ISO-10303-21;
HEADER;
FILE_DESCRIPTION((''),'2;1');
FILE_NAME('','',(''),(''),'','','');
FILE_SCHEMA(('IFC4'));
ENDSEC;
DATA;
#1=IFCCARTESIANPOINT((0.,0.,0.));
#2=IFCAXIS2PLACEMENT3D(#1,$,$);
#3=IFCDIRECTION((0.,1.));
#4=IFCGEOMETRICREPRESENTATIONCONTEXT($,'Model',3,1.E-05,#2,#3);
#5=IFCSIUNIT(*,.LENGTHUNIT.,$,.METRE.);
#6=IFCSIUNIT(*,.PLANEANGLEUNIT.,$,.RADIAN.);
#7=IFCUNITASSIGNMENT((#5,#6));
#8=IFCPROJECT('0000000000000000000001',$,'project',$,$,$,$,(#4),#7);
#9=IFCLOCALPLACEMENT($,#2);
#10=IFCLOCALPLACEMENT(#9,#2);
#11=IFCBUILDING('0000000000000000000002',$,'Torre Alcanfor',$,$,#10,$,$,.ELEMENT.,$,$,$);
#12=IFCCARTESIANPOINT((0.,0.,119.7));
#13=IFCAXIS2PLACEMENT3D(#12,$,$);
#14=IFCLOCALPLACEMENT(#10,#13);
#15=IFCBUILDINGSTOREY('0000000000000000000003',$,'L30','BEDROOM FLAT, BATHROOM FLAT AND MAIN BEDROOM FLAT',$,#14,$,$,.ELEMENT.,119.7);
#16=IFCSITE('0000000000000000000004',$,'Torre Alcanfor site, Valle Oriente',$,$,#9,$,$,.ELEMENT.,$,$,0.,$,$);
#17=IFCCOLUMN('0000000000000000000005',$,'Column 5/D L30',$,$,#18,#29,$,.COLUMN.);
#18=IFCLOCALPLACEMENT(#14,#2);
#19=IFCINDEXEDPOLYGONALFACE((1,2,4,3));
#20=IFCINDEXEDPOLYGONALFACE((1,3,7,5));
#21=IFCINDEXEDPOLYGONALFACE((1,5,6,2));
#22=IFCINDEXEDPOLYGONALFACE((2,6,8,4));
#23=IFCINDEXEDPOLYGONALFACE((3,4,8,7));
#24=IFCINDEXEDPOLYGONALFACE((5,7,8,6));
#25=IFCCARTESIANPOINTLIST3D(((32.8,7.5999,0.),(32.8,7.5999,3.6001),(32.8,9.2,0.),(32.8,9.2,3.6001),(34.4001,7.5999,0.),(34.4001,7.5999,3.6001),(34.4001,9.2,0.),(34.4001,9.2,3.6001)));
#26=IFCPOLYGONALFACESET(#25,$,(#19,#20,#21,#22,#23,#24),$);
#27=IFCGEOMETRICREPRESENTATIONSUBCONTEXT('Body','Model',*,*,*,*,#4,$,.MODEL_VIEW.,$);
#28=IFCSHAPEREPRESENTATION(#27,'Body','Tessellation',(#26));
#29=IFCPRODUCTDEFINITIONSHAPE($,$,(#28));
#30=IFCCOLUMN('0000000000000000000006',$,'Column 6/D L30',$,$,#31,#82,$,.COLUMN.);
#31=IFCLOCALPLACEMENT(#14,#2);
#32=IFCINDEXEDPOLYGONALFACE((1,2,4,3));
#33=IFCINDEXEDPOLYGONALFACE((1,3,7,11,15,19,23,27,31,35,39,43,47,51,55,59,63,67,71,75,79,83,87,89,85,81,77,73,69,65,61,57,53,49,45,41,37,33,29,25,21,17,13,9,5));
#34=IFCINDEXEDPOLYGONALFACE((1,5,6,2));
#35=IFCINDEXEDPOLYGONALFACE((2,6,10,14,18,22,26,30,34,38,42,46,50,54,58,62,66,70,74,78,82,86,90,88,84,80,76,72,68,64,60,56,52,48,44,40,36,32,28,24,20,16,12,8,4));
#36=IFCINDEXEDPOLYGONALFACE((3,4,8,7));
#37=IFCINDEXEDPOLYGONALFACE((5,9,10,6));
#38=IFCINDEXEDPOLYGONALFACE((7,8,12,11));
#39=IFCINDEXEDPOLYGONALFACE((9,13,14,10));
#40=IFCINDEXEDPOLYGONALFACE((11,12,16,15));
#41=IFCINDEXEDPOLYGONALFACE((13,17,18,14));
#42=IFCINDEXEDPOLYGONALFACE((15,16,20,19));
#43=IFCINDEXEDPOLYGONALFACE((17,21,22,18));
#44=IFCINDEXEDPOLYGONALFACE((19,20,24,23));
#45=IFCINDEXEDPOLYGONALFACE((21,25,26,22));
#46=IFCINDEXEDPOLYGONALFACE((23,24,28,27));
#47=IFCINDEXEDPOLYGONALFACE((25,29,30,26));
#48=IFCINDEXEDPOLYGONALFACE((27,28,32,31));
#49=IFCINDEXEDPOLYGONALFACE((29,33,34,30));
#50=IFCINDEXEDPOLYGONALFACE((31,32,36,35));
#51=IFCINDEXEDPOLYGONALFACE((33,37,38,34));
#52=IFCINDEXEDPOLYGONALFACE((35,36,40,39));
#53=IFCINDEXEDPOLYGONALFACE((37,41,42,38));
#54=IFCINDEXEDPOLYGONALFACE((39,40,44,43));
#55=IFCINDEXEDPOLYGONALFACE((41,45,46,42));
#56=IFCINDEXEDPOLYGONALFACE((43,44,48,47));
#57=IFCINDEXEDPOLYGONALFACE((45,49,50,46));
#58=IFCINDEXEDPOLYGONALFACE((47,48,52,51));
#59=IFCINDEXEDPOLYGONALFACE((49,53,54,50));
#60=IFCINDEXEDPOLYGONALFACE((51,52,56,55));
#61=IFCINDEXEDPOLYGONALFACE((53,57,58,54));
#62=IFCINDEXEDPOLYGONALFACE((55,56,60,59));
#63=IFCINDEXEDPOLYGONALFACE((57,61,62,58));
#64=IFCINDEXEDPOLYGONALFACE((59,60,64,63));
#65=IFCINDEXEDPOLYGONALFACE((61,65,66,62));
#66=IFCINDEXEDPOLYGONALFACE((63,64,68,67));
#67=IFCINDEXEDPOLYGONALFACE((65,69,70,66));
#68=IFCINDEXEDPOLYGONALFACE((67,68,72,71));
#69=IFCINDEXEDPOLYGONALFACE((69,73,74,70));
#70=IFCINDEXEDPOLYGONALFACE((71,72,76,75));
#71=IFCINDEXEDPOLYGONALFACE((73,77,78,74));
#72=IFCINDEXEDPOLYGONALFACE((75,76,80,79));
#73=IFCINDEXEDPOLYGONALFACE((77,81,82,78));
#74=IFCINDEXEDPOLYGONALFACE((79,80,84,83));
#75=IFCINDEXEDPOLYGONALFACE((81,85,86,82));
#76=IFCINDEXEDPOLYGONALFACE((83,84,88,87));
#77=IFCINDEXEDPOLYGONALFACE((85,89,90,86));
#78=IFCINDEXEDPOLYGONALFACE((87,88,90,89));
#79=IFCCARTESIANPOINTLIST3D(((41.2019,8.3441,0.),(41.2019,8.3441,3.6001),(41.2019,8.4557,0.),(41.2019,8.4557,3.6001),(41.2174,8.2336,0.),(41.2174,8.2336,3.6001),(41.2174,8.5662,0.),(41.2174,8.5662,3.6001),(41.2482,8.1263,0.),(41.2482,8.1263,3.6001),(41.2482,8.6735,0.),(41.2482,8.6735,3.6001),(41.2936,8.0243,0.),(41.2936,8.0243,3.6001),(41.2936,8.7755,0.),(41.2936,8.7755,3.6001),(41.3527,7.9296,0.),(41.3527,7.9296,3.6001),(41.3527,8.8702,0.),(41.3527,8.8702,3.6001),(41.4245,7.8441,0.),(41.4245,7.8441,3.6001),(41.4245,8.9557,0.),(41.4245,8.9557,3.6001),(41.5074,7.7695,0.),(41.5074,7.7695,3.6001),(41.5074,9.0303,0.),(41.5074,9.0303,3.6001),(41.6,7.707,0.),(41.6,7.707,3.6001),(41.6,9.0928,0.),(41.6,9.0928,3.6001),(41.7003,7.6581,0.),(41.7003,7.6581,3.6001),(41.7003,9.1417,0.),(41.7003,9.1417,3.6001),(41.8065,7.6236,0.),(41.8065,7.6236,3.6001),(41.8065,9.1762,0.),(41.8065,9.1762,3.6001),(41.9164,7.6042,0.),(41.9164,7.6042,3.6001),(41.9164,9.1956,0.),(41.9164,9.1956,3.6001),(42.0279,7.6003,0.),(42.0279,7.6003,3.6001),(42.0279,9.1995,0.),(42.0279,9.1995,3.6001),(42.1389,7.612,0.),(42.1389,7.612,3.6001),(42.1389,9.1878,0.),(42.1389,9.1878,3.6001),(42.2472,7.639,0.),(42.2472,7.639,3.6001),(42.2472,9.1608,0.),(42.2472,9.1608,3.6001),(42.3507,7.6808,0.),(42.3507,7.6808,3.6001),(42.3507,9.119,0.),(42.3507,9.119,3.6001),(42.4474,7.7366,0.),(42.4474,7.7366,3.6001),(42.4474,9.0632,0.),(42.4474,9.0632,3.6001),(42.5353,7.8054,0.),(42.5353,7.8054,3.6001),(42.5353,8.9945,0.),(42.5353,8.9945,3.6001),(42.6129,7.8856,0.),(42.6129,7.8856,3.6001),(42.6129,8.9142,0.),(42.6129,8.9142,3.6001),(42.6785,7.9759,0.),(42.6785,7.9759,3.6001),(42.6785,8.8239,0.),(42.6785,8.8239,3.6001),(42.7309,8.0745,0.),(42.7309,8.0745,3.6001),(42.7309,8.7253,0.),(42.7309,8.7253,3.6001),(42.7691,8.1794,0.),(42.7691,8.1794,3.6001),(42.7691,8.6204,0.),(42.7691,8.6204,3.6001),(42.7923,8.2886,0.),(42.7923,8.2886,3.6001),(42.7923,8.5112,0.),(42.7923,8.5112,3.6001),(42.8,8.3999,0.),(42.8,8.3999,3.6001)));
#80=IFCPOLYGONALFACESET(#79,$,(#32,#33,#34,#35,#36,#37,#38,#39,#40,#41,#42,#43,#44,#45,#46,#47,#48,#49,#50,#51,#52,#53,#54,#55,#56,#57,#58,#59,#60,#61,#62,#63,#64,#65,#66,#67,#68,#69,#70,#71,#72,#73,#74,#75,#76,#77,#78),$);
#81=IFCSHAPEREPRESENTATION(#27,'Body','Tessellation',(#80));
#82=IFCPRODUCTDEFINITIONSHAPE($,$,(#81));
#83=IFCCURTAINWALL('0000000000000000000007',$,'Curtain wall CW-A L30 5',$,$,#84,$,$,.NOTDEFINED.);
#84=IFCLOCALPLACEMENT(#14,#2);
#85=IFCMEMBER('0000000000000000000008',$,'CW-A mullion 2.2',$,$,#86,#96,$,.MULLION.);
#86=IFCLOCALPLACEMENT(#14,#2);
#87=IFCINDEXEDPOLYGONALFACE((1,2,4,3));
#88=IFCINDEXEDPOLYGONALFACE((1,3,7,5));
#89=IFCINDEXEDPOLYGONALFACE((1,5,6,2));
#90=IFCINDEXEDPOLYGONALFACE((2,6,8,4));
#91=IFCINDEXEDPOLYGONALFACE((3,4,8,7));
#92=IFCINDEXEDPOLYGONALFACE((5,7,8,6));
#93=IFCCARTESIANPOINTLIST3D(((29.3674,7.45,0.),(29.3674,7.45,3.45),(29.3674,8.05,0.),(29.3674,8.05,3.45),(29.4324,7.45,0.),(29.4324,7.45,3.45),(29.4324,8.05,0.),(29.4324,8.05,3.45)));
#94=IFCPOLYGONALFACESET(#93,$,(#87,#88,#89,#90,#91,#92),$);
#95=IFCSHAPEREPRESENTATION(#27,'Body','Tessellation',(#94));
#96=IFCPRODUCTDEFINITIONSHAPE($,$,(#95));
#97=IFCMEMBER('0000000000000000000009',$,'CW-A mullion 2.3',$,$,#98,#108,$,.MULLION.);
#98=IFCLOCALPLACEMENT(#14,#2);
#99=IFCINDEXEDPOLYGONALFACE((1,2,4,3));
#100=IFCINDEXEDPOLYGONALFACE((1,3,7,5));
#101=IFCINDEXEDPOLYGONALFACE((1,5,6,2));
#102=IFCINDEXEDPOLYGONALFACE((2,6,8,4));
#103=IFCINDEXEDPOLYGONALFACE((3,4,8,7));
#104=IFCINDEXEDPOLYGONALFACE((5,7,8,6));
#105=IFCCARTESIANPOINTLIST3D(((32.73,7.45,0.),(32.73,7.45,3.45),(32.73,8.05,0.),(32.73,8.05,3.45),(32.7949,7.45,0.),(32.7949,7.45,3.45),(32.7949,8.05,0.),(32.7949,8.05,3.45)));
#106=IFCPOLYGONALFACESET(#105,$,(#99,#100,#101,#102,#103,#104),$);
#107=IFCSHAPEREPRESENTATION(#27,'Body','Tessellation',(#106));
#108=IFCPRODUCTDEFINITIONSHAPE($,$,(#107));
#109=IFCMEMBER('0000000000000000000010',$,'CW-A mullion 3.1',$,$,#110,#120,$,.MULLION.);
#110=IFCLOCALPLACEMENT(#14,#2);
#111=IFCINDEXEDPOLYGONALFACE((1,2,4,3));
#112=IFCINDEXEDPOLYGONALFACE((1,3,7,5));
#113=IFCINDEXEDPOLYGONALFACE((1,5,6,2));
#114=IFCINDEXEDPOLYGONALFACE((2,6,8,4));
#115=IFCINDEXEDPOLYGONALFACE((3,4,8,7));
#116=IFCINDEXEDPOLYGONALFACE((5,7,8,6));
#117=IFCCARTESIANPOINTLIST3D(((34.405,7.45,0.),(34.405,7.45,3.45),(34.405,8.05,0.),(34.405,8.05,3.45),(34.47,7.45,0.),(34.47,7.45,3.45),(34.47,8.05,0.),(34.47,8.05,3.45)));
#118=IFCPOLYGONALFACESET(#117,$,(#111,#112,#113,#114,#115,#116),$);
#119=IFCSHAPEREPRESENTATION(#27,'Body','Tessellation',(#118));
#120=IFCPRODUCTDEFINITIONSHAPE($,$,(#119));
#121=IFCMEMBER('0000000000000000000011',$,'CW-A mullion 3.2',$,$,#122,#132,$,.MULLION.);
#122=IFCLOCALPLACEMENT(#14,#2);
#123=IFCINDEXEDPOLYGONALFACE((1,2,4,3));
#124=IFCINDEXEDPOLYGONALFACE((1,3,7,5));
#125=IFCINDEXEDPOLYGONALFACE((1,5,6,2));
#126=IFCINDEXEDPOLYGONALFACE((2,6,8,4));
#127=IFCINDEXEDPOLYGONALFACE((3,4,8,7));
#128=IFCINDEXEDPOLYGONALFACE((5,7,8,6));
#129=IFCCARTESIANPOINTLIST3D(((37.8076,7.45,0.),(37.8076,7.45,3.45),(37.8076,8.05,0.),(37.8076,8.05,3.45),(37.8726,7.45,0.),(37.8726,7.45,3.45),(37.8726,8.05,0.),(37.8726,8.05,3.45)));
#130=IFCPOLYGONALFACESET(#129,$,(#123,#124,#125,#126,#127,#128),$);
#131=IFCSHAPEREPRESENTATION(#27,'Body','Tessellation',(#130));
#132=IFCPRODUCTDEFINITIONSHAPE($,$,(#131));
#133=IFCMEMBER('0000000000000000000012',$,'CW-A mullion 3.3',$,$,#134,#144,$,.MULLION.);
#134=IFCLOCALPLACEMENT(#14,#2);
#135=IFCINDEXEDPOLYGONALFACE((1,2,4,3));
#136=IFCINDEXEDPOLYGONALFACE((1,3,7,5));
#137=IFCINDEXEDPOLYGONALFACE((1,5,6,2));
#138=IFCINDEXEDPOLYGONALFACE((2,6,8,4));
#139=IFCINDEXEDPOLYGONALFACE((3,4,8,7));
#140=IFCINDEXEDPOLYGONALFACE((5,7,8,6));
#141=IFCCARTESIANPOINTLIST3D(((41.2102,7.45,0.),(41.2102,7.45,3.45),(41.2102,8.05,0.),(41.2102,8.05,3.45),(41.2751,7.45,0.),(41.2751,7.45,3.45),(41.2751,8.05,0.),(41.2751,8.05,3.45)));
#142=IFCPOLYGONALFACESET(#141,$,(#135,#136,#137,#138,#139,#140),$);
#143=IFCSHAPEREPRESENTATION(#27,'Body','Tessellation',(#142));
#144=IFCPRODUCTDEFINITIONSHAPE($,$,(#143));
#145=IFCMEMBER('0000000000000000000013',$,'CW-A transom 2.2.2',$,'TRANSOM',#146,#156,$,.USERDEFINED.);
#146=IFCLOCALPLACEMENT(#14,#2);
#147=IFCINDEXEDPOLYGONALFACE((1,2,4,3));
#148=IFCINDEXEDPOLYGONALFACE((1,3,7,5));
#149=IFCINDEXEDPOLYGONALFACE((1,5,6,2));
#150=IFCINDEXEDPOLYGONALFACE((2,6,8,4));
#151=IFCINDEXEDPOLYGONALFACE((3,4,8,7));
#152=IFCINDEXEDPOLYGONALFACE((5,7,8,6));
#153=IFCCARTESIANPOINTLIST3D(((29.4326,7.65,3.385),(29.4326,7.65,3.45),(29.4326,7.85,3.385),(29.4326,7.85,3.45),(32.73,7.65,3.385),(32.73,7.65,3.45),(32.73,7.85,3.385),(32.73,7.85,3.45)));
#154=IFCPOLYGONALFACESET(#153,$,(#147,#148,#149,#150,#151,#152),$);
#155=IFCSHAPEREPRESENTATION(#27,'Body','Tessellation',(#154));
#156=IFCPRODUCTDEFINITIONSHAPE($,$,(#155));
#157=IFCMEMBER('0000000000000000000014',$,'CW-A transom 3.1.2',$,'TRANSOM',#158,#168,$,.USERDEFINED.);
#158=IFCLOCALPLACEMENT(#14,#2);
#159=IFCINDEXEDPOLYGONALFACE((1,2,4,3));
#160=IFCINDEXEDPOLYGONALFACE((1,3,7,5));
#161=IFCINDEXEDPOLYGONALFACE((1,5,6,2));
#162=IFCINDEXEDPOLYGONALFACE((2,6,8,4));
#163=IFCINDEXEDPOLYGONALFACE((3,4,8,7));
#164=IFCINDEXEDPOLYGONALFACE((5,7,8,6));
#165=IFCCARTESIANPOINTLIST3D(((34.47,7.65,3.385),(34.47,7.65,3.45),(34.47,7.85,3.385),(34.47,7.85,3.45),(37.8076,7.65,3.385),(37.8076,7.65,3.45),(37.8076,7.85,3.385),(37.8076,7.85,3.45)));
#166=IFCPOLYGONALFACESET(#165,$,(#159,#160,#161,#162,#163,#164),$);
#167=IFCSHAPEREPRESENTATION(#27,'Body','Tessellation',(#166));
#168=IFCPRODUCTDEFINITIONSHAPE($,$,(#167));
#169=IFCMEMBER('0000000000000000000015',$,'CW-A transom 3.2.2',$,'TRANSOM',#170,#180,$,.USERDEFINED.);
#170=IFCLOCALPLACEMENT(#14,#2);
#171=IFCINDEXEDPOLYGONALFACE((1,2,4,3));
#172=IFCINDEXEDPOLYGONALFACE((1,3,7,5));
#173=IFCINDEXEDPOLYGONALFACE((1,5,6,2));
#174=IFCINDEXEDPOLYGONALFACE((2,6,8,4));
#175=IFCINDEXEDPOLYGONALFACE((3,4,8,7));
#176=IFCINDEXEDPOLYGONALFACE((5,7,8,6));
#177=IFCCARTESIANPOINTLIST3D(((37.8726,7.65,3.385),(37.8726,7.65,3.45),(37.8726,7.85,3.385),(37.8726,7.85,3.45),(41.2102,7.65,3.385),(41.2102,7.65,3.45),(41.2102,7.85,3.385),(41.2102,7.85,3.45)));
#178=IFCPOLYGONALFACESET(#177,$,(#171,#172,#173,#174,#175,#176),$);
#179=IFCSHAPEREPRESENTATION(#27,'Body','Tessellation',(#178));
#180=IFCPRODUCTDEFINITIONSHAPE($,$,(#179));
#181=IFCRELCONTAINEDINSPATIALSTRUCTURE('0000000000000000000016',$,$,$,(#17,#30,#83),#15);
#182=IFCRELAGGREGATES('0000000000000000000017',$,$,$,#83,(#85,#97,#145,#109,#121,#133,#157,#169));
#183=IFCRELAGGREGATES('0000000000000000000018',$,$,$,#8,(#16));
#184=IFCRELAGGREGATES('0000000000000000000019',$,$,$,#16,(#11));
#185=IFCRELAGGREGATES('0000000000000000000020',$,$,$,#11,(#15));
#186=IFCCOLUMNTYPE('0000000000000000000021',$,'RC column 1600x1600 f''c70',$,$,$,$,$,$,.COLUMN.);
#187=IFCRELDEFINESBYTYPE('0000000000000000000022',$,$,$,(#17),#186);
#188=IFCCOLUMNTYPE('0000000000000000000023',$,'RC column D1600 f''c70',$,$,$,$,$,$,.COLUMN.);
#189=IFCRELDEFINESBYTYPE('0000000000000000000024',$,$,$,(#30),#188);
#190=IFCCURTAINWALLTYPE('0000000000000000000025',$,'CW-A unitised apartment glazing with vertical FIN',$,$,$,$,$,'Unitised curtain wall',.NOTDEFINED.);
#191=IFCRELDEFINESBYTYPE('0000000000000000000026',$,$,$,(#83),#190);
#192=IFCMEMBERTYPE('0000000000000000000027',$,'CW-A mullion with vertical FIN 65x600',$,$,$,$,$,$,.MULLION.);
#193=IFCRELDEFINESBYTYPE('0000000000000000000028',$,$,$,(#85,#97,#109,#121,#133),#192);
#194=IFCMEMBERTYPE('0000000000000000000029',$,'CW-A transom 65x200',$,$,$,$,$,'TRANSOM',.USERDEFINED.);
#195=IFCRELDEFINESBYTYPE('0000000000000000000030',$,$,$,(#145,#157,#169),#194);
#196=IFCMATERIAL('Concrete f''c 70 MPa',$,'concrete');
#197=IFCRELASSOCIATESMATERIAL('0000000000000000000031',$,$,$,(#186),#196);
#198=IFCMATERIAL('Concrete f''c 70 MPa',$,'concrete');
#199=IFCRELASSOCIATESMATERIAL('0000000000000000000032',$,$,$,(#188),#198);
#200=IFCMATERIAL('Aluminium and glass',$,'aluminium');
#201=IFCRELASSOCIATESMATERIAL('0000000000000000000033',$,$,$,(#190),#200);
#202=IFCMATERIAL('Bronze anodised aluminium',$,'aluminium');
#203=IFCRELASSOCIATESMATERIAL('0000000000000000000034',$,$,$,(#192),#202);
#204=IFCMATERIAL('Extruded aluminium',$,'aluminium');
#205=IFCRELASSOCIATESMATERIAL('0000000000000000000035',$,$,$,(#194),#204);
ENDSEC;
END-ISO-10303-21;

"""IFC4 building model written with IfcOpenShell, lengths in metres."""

from ifc_helpers import new_model, si_unit, direction, frame, origin, origin_2d, place, context, subcontext, project, spatial, rectangle, circle, extrude, material, material_profile, profile_set, type_object, element, aggregate, save


model = new_model("IFC4")

# Units and contexts
model_context = context("Model", 3, precision=1e-05, world=origin(), true_north=direction((0.0, 1.0)))
body_context = subcontext(model_context, "Body", "Model", "MODEL_VIEW")
ifc_project = project(units=[si_unit("LENGTHUNIT", "METRE"), si_unit("PLANEANGLEUNIT", "RADIAN")], contexts=[model_context])

# Site, building, storey
site_placement = place(None, origin())
site = spatial("IfcSite", under=ifc_project, at=site_placement, Name="Torre Alcanfor site, Valle Oriente", CompositionType="ELEMENT", RefElevation=0.0)
building_placement = place(site_placement, origin())
building = spatial("IfcBuilding", under=site, at=building_placement, Name="Torre Alcanfor", CompositionType="ELEMENT")
storey_placement = place(building_placement, frame((0.0, 0.0, 119.7)))
storey = spatial("IfcBuildingStorey", under=building, at=storey_placement, Name="L30", Description="BEDROOM FLAT, BATHROOM FLAT AND MAIN BEDROOM FLAT", CompositionType="ELEMENT", Elevation=119.7)

# Columns
ifc_material_1 = material(Name="Concrete f'c 70 MPa", Category="concrete")
ifc_material_profile_1 = material_profile(ifc_material_1, rectangle(XDim=1.6001, YDim=1.6001, at=origin_2d()), Name="1600x1600")
ifc_profile_set_1 = profile_set([ifc_material_profile_1], Name="Concrete f'c 70 MPa")
column_type_1 = type_object("IfcColumnType", Name="RC column 1600x1600 f'c70", PredefinedType="COLUMN", material=ifc_profile_set_1)
column_1_placement = place(storey_placement, frame((33.6001, 8.3999, 0.0), z_axis=(0.0, 0.0, 1.0), x_axis=(1.0, 0.0, 0.0)))
element("IfcColumn", 1, at=column_1_placement, inside=storey, type_object=column_type_1, Name="Column 5/D L30", PredefinedType="COLUMN", context=body_context, shape_type="SweptSolid", body=[
    extrude(rectangle(XDim=1.6001, YDim=1.6001, at=origin_2d()), origin(), (0.0, 0.0, 1.0), 3.6001),
])
ifc_material_2 = material(Name="Concrete f'c 70 MPa", Category="concrete")
ifc_material_profile_2 = material_profile(ifc_material_2, circle(Radius=0.8, at=origin_2d()), Name="D1600")
ifc_profile_set_2 = profile_set([ifc_material_profile_2], Name="Concrete f'c 70 MPa")
column_type_2 = type_object("IfcColumnType", Name="RC column D1600 f'c70", PredefinedType="COLUMN", material=ifc_profile_set_2)
column_2_placement = place(storey_placement, frame((42.0, 8.3999, 0.0), z_axis=(0.0, 0.0, 1.0), x_axis=(1.0, 0.0, 0.0)))
element("IfcColumn", 2, at=column_2_placement, inside=storey, type_object=column_type_2, Name="Column 6/D L30", PredefinedType="COLUMN", context=body_context, shape_type="SweptSolid", body=[
    extrude(circle(Radius=0.8, at=origin_2d()), origin(), (0.0, 0.0, 1.0), 3.6001),
])

# Curtain wall, members
ifc_material_3 = material(Name="Aluminium and glass", Category="aluminium")
curtain_wall_type = type_object("IfcCurtainWallType", Name="CW-A unitised apartment glazing with vertical FIN", ElementType="Unitised curtain wall", PredefinedType="NOTDEFINED", material=ifc_material_3)
curtain_wall_placement = place(storey_placement, origin())
curtain_wall = element("IfcCurtainWall", 3, at=curtain_wall_placement, inside=storey, type_object=curtain_wall_type, Name="Curtain wall CW-A L30 5", PredefinedType="NOTDEFINED")
ifc_material_4 = material(Name="Bronze anodised aluminium", Category="aluminium")
ifc_material_profile_3 = material_profile(ifc_material_4, rectangle(XDim=0.6001, YDim=0.0649, at=origin_2d()), Name="CW-A mullion 65x600")
ifc_profile_set_3 = profile_set([ifc_material_profile_3], Name="Bronze anodised aluminium")
member_type_1 = type_object("IfcMemberType", Name="CW-A mullion with vertical FIN 65x600", PredefinedType="MULLION", material=ifc_profile_set_3)
member_1_placement = place(storey_placement, frame((29.3999, 7.75, 0.0), z_axis=(0.0, 0.0, 1.0), x_axis=(0.0, 1.0, 0.0)))
member_1 = element("IfcMember", 4, at=member_1_placement, type_object=member_type_1, Name="CW-A mullion 2.2", PredefinedType="MULLION", context=body_context, shape_type="SweptSolid", body=[
    extrude(rectangle(XDim=0.6001, YDim=0.0649, at=origin_2d()), origin(), (0.0, 0.0, 1.0), 3.45),
])
member_2_placement = place(storey_placement, frame((32.7625, 7.75, 0.0), z_axis=(0.0, 0.0, 1.0), x_axis=(0.0, 1.0, 0.0)))
member_2 = element("IfcMember", 5, at=member_2_placement, type_object=member_type_1, Name="CW-A mullion 2.3", PredefinedType="MULLION", context=body_context, shape_type="SweptSolid", body=[
    extrude(rectangle(XDim=0.6001, YDim=0.0649, at=origin_2d()), origin(), (0.0, 0.0, 1.0), 3.45),
])
member_3_placement = place(storey_placement, frame((34.4375, 7.75, 0.0), z_axis=(0.0, 0.0, 1.0), x_axis=(0.0, 1.0, 0.0)))
member_3 = element("IfcMember", 6, at=member_3_placement, type_object=member_type_1, Name="CW-A mullion 3.1", PredefinedType="MULLION", context=body_context, shape_type="SweptSolid", body=[
    extrude(rectangle(XDim=0.6001, YDim=0.0649, at=origin_2d()), origin(), (0.0, 0.0, 1.0), 3.45),
])
member_4_placement = place(storey_placement, frame((37.8401, 7.75, 0.0), z_axis=(0.0, 0.0, 1.0), x_axis=(0.0, 1.0, 0.0)))
member_4 = element("IfcMember", 7, at=member_4_placement, type_object=member_type_1, Name="CW-A mullion 3.2", PredefinedType="MULLION", context=body_context, shape_type="SweptSolid", body=[
    extrude(rectangle(XDim=0.6001, YDim=0.0649, at=origin_2d()), origin(), (0.0, 0.0, 1.0), 3.45),
])
member_5_placement = place(storey_placement, frame((41.2427, 7.75, 0.0), z_axis=(0.0, 0.0, 1.0), x_axis=(0.0, 1.0, 0.0)))
member_5 = element("IfcMember", 8, at=member_5_placement, type_object=member_type_1, Name="CW-A mullion 3.3", PredefinedType="MULLION", context=body_context, shape_type="SweptSolid", body=[
    extrude(rectangle(XDim=0.6001, YDim=0.0649, at=origin_2d()), origin(), (0.0, 0.0, 1.0), 3.45),
])
ifc_material_5 = material(Name="Extruded aluminium", Category="aluminium")
ifc_material_profile_4 = material_profile(ifc_material_5, rectangle(XDim=0.2, YDim=0.0649, at=origin_2d()), Name="CW-A transom 200x65")
ifc_profile_set_4 = profile_set([ifc_material_profile_4], Name="Extruded aluminium")
member_type_2 = type_object("IfcMemberType", Name="CW-A transom 65x200", ElementType="TRANSOM", PredefinedType="USERDEFINED", material=ifc_profile_set_4)
member_6_placement = place(storey_placement, frame((29.4326, 7.75, 3.4175), z_axis=(1.0, 0.0, 0.0), x_axis=(0.0, 1.0, 0.0)))
member_6 = element("IfcMember", 9, at=member_6_placement, type_object=member_type_2, Name="CW-A transom 2.2.2", ObjectType="TRANSOM", PredefinedType="USERDEFINED", context=body_context, shape_type="SweptSolid", body=[
    extrude(rectangle(XDim=0.2, YDim=0.0649, at=origin_2d()), origin(), (0.0, 0.0, 1.0), 3.2974),
])
member_7_placement = place(storey_placement, frame((34.47, 7.75, 3.4175), z_axis=(1.0, 0.0, 0.0), x_axis=(0.0, 1.0, 0.0)))
member_7 = element("IfcMember", 10, at=member_7_placement, type_object=member_type_2, Name="CW-A transom 3.1.2", ObjectType="TRANSOM", PredefinedType="USERDEFINED", context=body_context, shape_type="SweptSolid", body=[
    extrude(rectangle(XDim=0.2, YDim=0.0649, at=origin_2d()), origin(), (0.0, 0.0, 1.0), 3.3376),
])
member_8_placement = place(storey_placement, frame((37.8726, 7.75, 3.4175), z_axis=(1.0, 0.0, 0.0), x_axis=(0.0, 1.0, 0.0)))
member_8 = element("IfcMember", 11, at=member_8_placement, type_object=member_type_2, Name="CW-A transom 3.2.2", ObjectType="TRANSOM", PredefinedType="USERDEFINED", context=body_context, shape_type="SweptSolid", body=[
    extrude(rectangle(XDim=0.2, YDim=0.0649, at=origin_2d()), origin(), (0.0, 0.0, 1.0), 3.3376),
])

aggregate(curtain_wall, [member_1, member_2, member_6, member_3, member_4, member_5, member_7, member_8])

save(model, "model.ifc")
